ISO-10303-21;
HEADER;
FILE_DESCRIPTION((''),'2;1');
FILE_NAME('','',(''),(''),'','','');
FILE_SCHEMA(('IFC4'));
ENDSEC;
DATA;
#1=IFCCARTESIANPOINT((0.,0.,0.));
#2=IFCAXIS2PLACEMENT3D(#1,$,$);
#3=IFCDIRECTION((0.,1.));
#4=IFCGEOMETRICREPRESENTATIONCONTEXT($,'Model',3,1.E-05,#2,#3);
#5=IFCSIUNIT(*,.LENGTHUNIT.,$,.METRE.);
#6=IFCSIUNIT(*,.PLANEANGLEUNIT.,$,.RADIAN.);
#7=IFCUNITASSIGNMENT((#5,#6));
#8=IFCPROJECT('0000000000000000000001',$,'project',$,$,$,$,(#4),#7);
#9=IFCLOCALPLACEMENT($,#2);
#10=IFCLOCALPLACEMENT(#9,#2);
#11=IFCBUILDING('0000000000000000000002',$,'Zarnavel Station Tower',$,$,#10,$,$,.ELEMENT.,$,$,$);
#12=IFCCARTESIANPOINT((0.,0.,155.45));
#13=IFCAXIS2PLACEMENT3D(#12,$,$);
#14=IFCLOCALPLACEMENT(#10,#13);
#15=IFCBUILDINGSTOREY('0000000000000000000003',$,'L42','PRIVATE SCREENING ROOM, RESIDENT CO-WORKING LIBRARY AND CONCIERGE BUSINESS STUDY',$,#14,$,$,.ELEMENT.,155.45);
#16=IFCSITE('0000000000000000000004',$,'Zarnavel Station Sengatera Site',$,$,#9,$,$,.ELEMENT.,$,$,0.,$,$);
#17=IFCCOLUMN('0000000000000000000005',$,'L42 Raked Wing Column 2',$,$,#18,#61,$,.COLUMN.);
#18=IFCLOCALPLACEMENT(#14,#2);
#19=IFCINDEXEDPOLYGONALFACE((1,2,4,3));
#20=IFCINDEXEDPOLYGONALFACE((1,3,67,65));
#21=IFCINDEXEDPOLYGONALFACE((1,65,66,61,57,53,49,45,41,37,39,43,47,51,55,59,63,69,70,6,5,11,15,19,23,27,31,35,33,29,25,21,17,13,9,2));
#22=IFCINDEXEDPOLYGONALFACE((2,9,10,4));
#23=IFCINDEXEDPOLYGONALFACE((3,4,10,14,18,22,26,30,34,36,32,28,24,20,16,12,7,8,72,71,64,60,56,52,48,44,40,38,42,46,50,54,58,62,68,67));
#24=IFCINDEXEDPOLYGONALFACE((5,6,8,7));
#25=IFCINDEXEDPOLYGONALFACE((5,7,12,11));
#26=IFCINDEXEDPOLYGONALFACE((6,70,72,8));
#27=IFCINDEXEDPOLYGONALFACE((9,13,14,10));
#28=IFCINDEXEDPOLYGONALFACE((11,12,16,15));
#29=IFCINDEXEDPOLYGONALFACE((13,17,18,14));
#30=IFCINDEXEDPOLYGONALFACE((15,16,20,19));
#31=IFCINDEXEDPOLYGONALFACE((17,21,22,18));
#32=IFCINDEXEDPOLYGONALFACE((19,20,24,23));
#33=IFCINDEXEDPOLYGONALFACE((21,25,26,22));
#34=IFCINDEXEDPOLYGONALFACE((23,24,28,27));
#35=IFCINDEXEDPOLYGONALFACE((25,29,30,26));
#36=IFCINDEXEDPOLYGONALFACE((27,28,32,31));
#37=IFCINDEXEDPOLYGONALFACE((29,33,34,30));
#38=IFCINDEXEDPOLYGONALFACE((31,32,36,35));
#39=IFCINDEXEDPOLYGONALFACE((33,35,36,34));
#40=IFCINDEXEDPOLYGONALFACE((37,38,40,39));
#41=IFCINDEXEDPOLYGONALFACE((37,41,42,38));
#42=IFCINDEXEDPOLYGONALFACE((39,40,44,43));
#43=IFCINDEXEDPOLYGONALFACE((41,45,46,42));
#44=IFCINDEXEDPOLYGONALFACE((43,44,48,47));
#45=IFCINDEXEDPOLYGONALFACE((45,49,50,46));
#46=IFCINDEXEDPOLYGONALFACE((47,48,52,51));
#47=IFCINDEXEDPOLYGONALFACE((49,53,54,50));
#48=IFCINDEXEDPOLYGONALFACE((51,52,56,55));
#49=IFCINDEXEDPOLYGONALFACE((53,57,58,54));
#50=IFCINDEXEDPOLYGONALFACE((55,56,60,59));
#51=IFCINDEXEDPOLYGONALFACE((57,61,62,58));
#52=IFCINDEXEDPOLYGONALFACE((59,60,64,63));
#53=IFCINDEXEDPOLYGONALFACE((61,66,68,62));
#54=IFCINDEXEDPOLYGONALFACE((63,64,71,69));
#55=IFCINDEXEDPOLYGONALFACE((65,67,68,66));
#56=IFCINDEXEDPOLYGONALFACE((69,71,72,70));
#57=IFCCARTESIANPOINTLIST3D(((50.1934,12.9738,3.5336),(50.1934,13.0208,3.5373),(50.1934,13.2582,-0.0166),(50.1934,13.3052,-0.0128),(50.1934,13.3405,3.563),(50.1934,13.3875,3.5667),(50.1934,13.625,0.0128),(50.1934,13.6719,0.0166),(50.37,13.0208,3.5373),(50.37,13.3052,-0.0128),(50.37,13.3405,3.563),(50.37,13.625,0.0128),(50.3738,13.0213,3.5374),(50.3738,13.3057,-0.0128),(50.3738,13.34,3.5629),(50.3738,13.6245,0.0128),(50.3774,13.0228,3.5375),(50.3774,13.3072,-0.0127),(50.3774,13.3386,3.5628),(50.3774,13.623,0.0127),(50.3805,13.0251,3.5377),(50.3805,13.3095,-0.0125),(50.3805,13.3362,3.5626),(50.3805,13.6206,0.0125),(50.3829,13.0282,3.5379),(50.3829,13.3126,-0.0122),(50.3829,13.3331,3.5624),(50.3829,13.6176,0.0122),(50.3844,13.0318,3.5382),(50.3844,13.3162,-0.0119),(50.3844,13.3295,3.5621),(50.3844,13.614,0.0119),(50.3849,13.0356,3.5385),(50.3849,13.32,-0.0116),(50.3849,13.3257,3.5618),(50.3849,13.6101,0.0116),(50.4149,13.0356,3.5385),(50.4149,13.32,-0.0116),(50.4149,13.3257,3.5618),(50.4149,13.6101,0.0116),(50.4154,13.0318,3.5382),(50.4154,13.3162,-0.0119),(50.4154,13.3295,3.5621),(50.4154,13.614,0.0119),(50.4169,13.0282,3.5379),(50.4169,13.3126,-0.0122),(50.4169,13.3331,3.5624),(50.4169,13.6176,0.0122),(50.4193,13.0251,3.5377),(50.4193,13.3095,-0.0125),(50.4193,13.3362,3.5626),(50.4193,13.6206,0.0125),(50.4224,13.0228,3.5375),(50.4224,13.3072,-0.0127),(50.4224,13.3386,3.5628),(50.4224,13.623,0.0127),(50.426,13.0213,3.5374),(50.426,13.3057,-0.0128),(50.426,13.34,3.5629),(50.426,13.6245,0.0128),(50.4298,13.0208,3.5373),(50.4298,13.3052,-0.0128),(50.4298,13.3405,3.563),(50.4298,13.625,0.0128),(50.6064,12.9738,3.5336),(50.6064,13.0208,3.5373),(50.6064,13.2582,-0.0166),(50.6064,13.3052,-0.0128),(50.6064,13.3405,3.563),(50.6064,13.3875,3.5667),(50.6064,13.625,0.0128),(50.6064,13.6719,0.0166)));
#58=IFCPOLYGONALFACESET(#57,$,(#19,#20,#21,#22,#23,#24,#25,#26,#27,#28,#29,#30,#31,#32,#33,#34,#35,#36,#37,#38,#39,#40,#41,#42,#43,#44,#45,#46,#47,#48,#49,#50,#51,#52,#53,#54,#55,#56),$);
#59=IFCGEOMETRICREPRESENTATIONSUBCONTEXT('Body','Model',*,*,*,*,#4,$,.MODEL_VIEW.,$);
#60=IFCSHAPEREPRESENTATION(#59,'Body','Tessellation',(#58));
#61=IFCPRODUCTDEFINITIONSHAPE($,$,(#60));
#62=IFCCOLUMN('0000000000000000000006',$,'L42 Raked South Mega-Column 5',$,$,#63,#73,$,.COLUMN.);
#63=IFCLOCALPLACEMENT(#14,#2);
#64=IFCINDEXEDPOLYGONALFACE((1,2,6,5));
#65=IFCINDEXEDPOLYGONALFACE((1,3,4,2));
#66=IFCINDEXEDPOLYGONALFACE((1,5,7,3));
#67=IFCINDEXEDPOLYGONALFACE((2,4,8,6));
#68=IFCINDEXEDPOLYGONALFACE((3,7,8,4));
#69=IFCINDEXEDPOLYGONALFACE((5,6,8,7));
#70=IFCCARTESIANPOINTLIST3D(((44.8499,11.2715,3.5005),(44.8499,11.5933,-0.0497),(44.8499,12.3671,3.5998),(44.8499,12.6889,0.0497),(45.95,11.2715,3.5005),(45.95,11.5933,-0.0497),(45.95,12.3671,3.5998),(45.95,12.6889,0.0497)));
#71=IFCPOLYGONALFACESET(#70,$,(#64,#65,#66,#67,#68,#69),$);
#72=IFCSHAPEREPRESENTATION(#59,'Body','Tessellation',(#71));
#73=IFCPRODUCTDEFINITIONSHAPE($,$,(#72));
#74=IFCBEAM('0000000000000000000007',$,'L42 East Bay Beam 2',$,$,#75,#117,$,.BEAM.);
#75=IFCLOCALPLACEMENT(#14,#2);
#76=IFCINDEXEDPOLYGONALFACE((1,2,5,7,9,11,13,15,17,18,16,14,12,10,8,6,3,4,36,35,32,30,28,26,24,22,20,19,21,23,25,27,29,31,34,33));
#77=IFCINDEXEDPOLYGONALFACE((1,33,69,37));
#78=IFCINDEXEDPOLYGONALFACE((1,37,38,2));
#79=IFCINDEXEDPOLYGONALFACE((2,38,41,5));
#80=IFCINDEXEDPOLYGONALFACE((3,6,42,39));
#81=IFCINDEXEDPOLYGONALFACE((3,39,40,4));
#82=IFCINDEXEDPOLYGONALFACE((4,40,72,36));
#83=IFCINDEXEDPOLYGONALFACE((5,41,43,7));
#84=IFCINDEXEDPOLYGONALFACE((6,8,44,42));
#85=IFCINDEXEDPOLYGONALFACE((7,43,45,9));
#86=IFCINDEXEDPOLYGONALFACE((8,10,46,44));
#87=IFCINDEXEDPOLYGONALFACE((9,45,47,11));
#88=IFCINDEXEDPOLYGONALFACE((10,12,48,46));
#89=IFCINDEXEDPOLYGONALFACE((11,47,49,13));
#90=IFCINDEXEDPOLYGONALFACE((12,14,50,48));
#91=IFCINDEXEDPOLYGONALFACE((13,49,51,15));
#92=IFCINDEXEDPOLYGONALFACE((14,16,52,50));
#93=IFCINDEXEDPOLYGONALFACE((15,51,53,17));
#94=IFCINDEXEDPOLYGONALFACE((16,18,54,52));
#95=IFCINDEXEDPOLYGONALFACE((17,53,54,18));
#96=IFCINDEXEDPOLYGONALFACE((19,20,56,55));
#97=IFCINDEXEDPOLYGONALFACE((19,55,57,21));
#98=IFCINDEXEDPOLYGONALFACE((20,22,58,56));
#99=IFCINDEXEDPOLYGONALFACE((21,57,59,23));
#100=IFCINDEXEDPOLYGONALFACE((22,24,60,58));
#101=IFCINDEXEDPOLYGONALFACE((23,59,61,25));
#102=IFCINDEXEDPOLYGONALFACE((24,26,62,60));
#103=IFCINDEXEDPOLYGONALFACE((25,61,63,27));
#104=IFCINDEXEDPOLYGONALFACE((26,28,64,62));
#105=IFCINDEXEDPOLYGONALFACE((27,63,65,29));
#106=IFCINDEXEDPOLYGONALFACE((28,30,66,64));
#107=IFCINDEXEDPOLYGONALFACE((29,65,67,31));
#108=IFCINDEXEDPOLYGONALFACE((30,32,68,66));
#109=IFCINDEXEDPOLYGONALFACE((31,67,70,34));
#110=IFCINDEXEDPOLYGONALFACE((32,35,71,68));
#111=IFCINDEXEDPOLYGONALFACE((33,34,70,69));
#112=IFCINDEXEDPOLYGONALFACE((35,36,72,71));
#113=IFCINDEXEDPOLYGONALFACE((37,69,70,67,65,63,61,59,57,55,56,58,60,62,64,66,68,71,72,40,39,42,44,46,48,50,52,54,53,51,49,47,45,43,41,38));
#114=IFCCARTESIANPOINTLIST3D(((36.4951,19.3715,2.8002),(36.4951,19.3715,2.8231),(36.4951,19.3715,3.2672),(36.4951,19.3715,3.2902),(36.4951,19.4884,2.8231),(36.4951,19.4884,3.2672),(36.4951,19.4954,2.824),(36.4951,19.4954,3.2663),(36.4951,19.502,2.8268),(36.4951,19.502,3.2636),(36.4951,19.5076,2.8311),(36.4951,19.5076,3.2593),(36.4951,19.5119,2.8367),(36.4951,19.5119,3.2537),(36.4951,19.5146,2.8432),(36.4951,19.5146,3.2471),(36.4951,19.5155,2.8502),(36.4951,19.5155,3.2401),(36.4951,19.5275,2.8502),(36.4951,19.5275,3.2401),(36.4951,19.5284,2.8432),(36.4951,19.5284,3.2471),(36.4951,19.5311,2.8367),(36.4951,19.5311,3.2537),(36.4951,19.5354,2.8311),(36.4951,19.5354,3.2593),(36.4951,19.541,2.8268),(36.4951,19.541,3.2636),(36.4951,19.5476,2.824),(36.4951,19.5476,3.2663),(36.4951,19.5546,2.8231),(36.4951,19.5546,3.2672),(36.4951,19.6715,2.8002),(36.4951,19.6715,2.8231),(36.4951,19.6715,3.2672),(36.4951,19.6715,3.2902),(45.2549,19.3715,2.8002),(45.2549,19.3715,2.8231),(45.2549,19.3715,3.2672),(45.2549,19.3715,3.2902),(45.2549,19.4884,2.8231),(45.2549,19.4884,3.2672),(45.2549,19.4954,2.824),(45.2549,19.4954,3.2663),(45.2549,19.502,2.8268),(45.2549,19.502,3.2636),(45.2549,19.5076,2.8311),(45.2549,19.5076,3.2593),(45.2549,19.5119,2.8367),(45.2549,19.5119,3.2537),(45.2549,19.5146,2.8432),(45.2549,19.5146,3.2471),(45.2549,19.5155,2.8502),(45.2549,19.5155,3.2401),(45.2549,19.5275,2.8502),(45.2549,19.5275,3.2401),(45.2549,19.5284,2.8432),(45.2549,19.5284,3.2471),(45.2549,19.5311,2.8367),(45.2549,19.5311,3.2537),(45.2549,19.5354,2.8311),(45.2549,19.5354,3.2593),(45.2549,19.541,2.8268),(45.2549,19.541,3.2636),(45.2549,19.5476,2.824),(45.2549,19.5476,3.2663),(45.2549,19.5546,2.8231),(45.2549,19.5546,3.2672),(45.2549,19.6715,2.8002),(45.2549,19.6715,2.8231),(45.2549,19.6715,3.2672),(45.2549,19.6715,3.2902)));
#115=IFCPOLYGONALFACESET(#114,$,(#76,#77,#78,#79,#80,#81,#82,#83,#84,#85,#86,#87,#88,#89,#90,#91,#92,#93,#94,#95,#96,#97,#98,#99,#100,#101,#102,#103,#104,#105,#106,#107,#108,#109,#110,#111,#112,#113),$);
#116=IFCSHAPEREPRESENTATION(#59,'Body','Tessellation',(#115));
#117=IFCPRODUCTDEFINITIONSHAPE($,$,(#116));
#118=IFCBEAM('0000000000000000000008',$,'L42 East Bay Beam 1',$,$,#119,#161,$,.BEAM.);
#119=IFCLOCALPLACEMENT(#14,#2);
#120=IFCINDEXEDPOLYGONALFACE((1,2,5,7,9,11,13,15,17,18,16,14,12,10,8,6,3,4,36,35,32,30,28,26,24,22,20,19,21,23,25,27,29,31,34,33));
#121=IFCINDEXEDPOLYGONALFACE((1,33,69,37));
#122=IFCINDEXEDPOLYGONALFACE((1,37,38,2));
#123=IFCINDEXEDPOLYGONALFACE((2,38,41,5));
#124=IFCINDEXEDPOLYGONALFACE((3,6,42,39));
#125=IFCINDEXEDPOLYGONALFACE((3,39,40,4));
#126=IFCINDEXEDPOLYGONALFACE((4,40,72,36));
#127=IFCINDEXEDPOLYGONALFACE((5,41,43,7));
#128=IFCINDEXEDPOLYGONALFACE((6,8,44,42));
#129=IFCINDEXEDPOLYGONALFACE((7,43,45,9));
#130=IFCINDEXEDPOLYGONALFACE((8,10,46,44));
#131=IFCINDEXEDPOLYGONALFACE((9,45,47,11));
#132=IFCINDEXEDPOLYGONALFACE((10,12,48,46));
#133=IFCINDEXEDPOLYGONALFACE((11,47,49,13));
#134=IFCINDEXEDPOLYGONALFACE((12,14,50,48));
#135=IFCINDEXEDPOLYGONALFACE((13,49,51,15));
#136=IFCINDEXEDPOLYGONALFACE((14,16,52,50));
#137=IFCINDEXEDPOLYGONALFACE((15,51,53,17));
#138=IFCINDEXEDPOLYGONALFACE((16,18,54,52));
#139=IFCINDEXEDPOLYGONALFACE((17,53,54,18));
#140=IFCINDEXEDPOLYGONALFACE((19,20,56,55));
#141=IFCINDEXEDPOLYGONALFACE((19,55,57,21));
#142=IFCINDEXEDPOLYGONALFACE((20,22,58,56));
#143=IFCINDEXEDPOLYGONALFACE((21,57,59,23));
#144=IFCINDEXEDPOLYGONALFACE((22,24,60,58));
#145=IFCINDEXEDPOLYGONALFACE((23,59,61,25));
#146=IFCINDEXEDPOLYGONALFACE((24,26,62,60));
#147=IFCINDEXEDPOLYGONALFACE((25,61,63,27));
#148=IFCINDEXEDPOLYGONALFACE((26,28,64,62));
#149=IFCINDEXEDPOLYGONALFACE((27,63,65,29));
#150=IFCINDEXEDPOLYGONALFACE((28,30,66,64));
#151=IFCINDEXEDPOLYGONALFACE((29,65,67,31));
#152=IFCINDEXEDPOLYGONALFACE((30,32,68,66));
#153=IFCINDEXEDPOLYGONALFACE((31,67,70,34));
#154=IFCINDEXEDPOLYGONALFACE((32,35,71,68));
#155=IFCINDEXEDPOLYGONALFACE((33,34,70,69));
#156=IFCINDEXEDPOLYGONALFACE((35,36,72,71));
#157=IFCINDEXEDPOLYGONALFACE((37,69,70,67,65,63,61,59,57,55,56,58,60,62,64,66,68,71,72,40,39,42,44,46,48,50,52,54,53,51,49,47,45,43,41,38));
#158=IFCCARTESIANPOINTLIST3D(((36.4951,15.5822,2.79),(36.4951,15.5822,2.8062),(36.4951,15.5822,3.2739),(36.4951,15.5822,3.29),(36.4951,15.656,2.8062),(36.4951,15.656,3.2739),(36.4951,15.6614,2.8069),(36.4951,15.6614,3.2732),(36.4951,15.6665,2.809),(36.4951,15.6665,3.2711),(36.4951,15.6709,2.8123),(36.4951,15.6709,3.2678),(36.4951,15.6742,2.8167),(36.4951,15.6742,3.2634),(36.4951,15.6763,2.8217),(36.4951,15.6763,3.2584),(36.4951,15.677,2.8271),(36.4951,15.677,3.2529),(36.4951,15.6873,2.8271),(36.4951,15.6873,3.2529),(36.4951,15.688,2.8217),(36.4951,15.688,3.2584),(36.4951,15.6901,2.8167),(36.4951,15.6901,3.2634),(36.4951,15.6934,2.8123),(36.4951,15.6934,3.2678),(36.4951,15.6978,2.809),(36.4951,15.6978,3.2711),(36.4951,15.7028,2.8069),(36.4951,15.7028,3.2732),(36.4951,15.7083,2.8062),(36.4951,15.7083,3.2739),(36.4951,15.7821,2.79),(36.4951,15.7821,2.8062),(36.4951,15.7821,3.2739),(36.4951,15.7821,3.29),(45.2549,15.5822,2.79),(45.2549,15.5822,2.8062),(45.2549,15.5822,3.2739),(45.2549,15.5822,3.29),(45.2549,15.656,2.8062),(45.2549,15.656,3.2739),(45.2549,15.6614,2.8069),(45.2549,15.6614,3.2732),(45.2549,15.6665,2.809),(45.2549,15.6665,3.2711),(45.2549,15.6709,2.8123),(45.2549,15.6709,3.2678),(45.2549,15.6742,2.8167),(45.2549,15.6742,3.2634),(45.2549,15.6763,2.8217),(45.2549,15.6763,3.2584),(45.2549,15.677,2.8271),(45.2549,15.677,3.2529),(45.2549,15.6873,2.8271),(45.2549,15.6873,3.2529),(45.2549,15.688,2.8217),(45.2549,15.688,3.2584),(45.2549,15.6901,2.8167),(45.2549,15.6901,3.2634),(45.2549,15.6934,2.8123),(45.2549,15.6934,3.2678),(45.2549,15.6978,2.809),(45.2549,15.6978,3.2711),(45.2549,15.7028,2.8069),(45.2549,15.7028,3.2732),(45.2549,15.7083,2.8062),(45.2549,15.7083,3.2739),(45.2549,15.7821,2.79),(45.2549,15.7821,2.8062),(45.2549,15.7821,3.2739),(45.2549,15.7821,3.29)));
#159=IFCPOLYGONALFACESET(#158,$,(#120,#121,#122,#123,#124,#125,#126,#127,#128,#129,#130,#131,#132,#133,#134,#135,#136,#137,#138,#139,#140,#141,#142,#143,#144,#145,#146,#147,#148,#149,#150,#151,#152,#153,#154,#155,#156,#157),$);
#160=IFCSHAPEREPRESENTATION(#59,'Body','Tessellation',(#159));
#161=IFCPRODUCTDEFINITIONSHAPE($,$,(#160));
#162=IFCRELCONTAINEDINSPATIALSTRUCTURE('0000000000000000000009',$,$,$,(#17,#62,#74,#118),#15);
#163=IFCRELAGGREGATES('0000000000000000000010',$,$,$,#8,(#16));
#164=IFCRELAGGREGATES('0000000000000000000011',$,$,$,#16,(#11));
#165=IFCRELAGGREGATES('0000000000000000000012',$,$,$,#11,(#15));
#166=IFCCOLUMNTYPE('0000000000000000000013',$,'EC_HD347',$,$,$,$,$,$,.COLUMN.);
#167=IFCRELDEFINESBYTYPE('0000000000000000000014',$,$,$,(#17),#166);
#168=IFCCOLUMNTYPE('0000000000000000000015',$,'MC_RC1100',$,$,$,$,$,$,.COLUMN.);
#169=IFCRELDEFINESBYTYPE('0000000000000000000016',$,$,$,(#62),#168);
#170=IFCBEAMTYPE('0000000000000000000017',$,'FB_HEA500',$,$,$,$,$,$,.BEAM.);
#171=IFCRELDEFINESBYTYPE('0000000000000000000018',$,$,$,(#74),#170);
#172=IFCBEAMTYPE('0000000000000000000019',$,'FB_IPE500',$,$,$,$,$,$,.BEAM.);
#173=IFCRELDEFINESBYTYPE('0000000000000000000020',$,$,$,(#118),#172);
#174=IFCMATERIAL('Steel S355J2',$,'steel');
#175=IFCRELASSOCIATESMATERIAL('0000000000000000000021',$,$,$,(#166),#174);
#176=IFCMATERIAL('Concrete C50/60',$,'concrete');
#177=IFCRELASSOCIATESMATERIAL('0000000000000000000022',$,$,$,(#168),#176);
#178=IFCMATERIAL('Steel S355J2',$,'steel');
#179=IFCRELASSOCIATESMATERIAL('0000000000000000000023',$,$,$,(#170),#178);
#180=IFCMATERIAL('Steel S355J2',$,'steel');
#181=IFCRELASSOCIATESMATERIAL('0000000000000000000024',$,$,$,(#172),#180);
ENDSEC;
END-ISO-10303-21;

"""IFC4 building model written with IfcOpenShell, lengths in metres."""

from ifc_helpers import new_model, si_unit, direction, frame, origin, origin_2d, place, context, subcontext, project, spatial, rectangle, i_section, extrude, material, material_profile, profile_set, type_object, element, save


model = new_model("IFC4")

# Units and contexts
model_context = context("Model", 3, precision=1e-05, world=origin(), true_north=direction((0.0, 1.0)))
body_context = subcontext(model_context, "Body", "Model", "MODEL_VIEW")
ifc_project = project(units=[si_unit("LENGTHUNIT", "METRE"), si_unit("PLANEANGLEUNIT", "RADIAN")], contexts=[model_context])

# Site, building, storey
site_placement = place(None, origin())
site = spatial("IfcSite", under=ifc_project, at=site_placement, Name="Zarnavel Station Sengatera Site", CompositionType="ELEMENT", RefElevation=0.0)
building_placement = place(site_placement, origin())
building = spatial("IfcBuilding", under=site, at=building_placement, Name="Zarnavel Station Tower", CompositionType="ELEMENT")
storey_placement = place(building_placement, frame((0.0, 0.0, 155.45)))
storey = spatial("IfcBuildingStorey", under=building, at=storey_placement, Name="L42", Description="PRIVATE SCREENING ROOM, RESIDENT CO-WORKING LIBRARY AND CONCIERGE BUSINESS STUDY", CompositionType="ELEMENT", Elevation=155.45)

# Columns
ifc_material_1 = material(Name="Steel S355J2", Category="steel")
ifc_material_profile_1 = material_profile(ifc_material_1, i_section(OverallWidth=0.4131, OverallDepth=0.415, WebThickness=0.03, FlangeThickness=0.0471, FilletRadius=0.0149, at=origin_2d()), Name="HD400x347")
ifc_profile_set_1 = profile_set([ifc_material_profile_1], Name="Steel S355J2")
column_type_1 = type_object("IfcColumnType", Name="EC_HD347", PredefinedType="COLUMN", material=ifc_profile_set_1)
column_1_placement = place(storey_placement, frame((50.3999, 13.4651, 0.0), z_axis=(0.0, -0.079862, 0.996806), x_axis=(1.0, 0.0, 0.0)))
element("IfcColumn", 1, at=column_1_placement, inside=storey, type_object=column_type_1, Name="L42 Raked Wing Column 2", PredefinedType="COLUMN", context=body_context, shape_type="SweptSolid", body=[
    extrude(i_section(OverallWidth=0.4131, OverallDepth=0.415, WebThickness=0.03, FlangeThickness=0.0471, FilletRadius=0.0149, at=origin_2d()), origin(), (0.0, 0.0, 1.0), 3.5615),
])
ifc_material_2 = material(Name="Concrete C50/60", Category="concrete")
ifc_material_profile_2 = material_profile(ifc_material_2, rectangle(XDim=1.1001, YDim=1.1001, at=origin_2d()), Name="RC1100x1100")
ifc_profile_set_2 = profile_set([ifc_material_profile_2], Name="Concrete C50/60")
column_type_2 = type_object("IfcColumnType", Name="MC_RC1100", PredefinedType="COLUMN", material=ifc_profile_set_2)
column_2_placement = place(storey_placement, frame((45.3999, 12.1411, 0.0), z_axis=(0.0, -0.09027, 0.995917), x_axis=(1.0, 0.0, 0.0)))
element("IfcColumn", 2, at=column_2_placement, inside=storey, type_object=column_type_2, Name="L42 Raked South Mega-Column 5", PredefinedType="COLUMN", context=body_context, shape_type="SweptSolid", body=[
    extrude(rectangle(XDim=1.1001, YDim=1.1001, at=origin_2d()), origin(), (0.0, 0.0, 1.0), 3.5647),
])

# Beams
ifc_material_3 = material(Name="Steel S355J2", Category="steel")
ifc_material_profile_3 = material_profile(ifc_material_3, i_section(OverallWidth=0.3, OverallDepth=0.49, WebThickness=0.012, FlangeThickness=0.0229, FilletRadius=0.0271, at=origin_2d()), Name="HEA500")
ifc_profile_set_3 = profile_set([ifc_material_profile_3], Name="Steel S355J2")
beam_type_1 = type_object("IfcBeamType", Name="FB_HEA500", PredefinedType="BEAM", material=ifc_profile_set_3)
beam_1_placement = place(storey_placement, frame((36.4951, 19.5215, 3.0452), z_axis=(1.0, 0.0, 0.0), x_axis=(0.0, 1.0, 0.0)))
element("IfcBeam", 3, at=beam_1_placement, inside=storey, type_object=beam_type_1, Name="L42 East Bay Beam 2", PredefinedType="BEAM", context=body_context, shape_type="SweptSolid", body=[
    extrude(i_section(OverallWidth=0.3, OverallDepth=0.49, WebThickness=0.012, FlangeThickness=0.0229, FilletRadius=0.0271, at=origin_2d()), origin(), (0.0, 0.0, 1.0), 8.7598),
])
ifc_material_4 = material(Name="Steel S355J2", Category="steel")
ifc_material_profile_4 = material_profile(ifc_material_4, i_section(OverallWidth=0.2, OverallDepth=0.5, WebThickness=0.0103, FlangeThickness=0.0161, FilletRadius=0.021, at=origin_2d()), Name="IPE500")
ifc_profile_set_4 = profile_set([ifc_material_profile_4], Name="Steel S355J2")
beam_type_2 = type_object("IfcBeamType", Name="FB_IPE500", PredefinedType="BEAM", material=ifc_profile_set_4)
beam_2_placement = place(storey_placement, frame((36.4951, 15.6821, 3.04), z_axis=(1.0, 0.0, 0.0), x_axis=(0.0, 1.0, 0.0)))
element("IfcBeam", 4, at=beam_2_placement, inside=storey, type_object=beam_type_2, Name="L42 East Bay Beam 1", PredefinedType="BEAM", context=body_context, shape_type="SweptSolid", body=[
    extrude(i_section(OverallWidth=0.2, OverallDepth=0.5, WebThickness=0.0103, FlangeThickness=0.0161, FilletRadius=0.021, at=origin_2d()), origin(), (0.0, 0.0, 1.0), 8.7598),
])

save(model, "model.ifc")
